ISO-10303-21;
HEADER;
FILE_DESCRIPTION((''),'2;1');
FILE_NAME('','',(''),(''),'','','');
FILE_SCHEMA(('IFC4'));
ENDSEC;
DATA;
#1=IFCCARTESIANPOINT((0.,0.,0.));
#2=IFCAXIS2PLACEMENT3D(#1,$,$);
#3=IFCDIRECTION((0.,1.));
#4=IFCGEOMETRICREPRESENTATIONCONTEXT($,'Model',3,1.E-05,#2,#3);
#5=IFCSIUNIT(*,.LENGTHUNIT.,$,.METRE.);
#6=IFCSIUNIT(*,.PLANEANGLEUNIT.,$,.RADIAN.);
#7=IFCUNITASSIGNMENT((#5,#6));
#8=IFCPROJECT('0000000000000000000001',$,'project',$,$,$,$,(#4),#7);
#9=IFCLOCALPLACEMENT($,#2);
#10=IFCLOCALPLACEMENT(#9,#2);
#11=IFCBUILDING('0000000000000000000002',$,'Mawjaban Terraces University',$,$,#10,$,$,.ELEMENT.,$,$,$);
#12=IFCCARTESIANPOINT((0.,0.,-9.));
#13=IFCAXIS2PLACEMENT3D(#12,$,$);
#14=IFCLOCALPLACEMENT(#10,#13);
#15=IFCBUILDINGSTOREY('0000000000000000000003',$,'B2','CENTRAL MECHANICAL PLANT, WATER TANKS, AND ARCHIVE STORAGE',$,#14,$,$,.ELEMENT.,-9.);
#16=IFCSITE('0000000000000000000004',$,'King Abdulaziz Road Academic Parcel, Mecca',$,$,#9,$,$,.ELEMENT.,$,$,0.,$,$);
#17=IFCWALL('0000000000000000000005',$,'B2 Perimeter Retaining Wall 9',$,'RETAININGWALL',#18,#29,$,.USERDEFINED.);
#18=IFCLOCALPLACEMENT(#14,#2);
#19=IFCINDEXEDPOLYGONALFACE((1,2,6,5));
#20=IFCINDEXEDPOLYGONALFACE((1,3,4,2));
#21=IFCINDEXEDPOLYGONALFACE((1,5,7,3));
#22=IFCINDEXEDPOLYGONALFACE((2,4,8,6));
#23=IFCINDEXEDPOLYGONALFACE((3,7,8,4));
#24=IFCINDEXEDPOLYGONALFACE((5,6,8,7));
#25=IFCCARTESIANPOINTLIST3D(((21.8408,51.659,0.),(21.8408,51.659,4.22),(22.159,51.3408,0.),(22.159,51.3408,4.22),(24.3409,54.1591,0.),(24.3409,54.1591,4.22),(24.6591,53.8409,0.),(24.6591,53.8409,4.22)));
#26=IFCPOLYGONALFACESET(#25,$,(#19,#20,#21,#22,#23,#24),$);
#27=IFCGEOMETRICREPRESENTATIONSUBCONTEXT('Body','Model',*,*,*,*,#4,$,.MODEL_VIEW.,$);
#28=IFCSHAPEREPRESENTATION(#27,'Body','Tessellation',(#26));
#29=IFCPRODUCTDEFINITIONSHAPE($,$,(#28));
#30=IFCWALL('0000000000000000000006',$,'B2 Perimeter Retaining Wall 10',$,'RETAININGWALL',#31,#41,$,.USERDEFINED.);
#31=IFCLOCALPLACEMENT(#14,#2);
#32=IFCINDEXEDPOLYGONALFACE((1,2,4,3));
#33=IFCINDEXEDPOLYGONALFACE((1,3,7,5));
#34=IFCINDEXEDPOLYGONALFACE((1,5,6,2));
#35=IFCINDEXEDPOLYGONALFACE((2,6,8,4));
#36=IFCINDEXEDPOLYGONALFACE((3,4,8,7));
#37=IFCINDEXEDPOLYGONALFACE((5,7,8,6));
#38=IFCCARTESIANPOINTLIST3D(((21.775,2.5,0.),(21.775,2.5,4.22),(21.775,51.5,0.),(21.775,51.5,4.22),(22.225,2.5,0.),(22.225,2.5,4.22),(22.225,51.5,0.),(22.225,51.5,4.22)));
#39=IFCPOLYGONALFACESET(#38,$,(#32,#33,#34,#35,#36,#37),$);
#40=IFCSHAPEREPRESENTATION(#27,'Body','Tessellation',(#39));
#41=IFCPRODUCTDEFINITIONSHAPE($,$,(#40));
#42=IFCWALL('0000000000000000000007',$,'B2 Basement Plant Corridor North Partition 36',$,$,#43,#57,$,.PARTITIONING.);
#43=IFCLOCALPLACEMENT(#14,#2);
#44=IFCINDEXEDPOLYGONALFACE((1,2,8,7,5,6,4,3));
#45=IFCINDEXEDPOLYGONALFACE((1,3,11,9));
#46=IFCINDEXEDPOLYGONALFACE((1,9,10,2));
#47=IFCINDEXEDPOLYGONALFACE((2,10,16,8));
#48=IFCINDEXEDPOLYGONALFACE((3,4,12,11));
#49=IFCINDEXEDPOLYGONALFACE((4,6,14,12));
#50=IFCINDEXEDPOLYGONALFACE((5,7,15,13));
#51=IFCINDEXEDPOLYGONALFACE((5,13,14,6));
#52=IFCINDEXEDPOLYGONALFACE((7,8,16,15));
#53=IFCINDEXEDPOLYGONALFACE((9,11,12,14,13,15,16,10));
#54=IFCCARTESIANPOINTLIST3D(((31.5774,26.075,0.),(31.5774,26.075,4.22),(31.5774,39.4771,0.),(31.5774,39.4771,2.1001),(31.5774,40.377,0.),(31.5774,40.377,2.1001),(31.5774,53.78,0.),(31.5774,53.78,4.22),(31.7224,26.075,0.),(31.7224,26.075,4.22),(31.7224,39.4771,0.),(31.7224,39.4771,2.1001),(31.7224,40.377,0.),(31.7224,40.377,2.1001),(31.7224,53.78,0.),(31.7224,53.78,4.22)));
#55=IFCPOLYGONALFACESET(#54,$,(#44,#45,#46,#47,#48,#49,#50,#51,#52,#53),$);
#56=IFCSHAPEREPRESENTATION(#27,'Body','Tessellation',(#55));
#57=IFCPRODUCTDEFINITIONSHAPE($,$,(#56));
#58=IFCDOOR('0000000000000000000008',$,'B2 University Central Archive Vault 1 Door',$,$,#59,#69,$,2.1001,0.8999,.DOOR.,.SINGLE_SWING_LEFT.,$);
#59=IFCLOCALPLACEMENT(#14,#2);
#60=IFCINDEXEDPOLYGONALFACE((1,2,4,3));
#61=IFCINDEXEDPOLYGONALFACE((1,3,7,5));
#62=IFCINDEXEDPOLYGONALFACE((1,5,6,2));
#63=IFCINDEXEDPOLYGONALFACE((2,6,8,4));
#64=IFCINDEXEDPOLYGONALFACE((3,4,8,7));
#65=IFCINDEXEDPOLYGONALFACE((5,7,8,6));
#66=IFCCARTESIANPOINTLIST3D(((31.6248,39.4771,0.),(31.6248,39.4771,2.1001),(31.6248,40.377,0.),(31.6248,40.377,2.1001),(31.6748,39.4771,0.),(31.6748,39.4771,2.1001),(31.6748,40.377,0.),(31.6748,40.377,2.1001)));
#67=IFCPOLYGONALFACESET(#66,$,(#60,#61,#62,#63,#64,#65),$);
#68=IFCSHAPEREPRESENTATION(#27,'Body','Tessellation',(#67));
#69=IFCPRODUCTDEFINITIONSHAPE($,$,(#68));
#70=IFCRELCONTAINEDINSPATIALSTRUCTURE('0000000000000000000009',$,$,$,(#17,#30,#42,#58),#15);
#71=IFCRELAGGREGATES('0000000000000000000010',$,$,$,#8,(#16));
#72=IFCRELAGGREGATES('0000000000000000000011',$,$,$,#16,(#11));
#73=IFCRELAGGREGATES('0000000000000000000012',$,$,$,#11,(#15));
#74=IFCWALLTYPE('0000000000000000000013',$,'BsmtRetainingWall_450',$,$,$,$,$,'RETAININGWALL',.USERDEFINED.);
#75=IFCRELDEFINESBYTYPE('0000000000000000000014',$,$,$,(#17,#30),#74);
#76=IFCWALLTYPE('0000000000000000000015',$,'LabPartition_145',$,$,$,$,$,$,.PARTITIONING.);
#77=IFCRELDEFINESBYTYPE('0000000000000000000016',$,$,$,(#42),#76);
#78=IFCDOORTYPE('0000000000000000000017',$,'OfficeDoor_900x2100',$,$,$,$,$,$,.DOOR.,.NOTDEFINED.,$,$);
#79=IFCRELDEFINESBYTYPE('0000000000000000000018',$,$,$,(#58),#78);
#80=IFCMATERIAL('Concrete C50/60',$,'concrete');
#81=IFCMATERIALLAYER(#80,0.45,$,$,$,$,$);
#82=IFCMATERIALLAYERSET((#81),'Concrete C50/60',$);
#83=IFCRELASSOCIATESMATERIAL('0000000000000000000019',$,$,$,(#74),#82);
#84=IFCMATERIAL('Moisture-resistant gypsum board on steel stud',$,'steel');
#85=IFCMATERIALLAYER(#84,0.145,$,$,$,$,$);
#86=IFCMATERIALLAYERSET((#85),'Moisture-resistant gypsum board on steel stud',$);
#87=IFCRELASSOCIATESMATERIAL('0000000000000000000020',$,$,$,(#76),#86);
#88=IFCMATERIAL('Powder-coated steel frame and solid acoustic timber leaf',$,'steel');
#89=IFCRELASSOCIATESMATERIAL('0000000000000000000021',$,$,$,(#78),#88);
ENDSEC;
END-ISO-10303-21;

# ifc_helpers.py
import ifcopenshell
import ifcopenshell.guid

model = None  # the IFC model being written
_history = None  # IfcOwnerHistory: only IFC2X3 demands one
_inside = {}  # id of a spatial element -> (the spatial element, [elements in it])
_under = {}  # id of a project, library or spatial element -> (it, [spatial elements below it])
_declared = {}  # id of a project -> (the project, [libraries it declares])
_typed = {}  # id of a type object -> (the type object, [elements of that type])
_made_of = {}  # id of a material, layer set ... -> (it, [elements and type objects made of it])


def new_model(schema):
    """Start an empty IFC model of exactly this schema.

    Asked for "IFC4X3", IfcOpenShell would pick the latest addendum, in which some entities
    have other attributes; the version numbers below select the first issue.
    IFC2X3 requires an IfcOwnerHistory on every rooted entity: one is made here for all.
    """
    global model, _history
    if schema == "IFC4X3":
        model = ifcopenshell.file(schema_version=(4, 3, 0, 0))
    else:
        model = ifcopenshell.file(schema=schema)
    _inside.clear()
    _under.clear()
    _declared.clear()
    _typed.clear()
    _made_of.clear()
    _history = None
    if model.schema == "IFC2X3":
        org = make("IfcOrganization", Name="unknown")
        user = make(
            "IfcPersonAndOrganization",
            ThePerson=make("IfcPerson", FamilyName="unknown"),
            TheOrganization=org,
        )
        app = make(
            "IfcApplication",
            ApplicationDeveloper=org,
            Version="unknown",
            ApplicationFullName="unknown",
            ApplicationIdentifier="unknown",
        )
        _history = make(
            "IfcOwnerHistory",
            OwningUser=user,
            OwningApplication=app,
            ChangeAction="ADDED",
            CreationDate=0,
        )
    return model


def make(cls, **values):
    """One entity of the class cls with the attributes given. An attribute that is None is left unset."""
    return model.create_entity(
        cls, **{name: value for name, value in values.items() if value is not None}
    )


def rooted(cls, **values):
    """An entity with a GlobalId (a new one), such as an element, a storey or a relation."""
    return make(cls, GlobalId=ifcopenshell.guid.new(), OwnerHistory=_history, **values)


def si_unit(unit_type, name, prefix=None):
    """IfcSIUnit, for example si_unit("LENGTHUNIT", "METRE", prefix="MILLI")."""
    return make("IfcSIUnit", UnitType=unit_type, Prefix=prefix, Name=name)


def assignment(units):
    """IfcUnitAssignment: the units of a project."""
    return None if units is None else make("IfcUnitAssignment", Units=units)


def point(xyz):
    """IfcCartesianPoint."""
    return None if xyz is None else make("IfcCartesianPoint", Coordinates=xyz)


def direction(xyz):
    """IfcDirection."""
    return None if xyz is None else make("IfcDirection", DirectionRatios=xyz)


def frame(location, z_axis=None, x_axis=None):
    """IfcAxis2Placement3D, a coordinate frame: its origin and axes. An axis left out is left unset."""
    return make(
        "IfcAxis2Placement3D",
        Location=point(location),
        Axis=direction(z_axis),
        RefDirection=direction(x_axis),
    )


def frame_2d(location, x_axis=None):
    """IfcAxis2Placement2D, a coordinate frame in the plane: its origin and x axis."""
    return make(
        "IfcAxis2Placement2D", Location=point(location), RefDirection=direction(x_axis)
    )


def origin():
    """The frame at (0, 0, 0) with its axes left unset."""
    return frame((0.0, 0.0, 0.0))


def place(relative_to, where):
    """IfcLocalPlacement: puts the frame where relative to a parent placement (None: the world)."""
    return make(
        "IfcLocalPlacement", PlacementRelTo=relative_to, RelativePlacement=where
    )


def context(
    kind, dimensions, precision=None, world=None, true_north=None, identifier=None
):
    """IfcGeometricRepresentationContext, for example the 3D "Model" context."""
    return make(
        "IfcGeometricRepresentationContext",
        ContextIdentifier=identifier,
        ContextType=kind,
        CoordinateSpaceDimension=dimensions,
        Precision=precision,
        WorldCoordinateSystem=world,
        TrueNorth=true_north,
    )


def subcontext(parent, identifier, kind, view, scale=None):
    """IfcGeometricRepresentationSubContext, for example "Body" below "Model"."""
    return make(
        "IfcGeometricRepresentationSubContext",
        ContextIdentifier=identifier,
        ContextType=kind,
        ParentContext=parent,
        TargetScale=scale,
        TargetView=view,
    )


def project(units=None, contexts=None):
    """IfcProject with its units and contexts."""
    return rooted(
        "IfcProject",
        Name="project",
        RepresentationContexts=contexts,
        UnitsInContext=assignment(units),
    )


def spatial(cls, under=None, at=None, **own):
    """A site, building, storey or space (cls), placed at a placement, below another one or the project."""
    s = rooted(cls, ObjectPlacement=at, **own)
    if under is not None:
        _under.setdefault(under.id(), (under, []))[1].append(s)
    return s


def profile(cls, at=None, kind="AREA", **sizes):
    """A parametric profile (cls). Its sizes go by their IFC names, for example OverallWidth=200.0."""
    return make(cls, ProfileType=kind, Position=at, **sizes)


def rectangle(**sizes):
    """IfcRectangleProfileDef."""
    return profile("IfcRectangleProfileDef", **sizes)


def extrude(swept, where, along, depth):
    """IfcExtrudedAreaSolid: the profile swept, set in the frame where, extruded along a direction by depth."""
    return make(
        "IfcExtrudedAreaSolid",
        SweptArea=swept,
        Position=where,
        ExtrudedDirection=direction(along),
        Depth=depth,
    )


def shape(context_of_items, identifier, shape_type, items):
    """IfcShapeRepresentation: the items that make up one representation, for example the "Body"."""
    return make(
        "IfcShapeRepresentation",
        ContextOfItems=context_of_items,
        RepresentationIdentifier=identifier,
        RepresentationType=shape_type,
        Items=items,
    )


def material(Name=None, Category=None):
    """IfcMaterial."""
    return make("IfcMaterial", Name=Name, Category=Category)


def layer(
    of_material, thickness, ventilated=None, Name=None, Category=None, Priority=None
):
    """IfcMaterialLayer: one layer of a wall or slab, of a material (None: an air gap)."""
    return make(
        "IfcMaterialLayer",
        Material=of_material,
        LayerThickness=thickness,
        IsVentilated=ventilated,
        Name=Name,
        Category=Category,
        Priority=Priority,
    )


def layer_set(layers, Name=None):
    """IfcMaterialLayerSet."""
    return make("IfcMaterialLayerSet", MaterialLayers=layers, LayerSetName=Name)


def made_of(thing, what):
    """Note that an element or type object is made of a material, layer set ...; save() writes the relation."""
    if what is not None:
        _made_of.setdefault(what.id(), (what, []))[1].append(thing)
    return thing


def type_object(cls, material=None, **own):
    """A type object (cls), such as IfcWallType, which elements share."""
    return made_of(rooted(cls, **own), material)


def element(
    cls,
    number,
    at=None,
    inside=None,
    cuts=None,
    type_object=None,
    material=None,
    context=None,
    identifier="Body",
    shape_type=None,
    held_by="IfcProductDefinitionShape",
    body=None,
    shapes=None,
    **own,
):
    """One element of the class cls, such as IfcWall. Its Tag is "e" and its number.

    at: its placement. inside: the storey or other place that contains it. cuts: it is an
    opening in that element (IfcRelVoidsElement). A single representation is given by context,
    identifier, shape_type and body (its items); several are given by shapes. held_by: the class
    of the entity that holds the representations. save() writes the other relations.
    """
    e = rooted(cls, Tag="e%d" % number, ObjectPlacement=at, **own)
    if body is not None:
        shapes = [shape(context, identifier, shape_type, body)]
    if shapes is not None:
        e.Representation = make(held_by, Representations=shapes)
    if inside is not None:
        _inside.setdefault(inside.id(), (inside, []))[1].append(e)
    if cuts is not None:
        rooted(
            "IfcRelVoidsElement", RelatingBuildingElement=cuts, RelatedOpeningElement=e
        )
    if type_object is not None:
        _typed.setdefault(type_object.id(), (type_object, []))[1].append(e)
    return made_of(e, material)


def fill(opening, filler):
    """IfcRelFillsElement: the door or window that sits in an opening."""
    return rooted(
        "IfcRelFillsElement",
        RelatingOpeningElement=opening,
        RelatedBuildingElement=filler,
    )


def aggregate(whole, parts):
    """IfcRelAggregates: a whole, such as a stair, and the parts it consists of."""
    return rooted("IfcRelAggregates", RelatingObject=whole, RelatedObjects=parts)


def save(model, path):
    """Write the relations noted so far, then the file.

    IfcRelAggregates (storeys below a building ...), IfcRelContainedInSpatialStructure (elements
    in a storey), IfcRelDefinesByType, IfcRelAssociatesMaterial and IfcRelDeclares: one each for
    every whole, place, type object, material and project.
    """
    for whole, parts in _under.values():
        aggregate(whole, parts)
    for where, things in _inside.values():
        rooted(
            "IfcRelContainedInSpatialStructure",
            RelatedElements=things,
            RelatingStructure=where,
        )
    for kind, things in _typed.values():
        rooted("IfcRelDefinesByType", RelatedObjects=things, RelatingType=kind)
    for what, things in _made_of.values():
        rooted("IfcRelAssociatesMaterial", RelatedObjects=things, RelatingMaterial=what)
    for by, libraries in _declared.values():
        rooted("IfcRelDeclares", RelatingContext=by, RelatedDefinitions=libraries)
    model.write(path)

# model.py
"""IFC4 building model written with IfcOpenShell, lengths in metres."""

from ifc_helpers import new_model, si_unit, direction, frame, frame_2d, origin, place, context, subcontext, project, spatial, rectangle, extrude, material, layer, layer_set, type_object, element, fill, save


model = new_model("IFC4")

# Units and contexts
model_context = context("Model", 3, precision=1e-05, world=origin(), true_north=direction((0.0, 1.0)))
body_context = subcontext(model_context, "Body", "Model", "MODEL_VIEW")
ifc_project = project(units=[si_unit("LENGTHUNIT", "METRE"), si_unit("PLANEANGLEUNIT", "RADIAN")], contexts=[model_context])

# Site, building, storey
site_placement = place(None, origin())
site = spatial("IfcSite", under=ifc_project, at=site_placement, Name="King Abdulaziz Road Academic Parcel, Mecca", CompositionType="ELEMENT", RefElevation=0.0)
building_placement = place(site_placement, origin())
building = spatial("IfcBuilding", under=site, at=building_placement, Name="Mawjaban Terraces University", CompositionType="ELEMENT")
storey_placement = place(building_placement, frame((0.0, 0.0, -9.0)))
storey = spatial("IfcBuildingStorey", under=building, at=storey_placement, Name="B2", Description="CENTRAL MECHANICAL PLANT, WATER TANKS, AND ARCHIVE STORAGE", CompositionType="ELEMENT", Elevation=-9.0)

# Shared definitions
ifc_material_1 = material(Name="Concrete C50/60", Category="concrete")

# Walls
ifc_layer_1 = layer(ifc_material_1, 0.45)
ifc_layer_set_1 = layer_set([ifc_layer_1], Name="Concrete C50/60")
wall_type_1 = type_object("IfcWallType", Name="BsmtRetainingWall_450", ElementType="RETAININGWALL", PredefinedType="USERDEFINED", material=ifc_layer_set_1)
wall_1_placement = place(storey_placement, frame((24.5, 54.0, 0.0), z_axis=(0.0, 0.0, 1.0), x_axis=(-0.707107, -0.707107, 0.0)))
element("IfcWall", 1, at=wall_1_placement, inside=storey, type_object=wall_type_1, Name="B2 Perimeter Retaining Wall 9", ObjectType="RETAININGWALL", PredefinedType="USERDEFINED", context=body_context, shape_type="SweptSolid", body=[
    extrude(rectangle(XDim=3.5356, YDim=0.45, at=frame_2d((1.7678, 0.0))), origin(), (0.0, 0.0, 1.0), 4.22),
])
wall_2_placement = place(storey_placement, frame((22.0, 51.5, 0.0), z_axis=(0.0, 0.0, 1.0), x_axis=(0.0, -1.0, 0.0)))
element("IfcWall", 2, at=wall_2_placement, inside=storey, type_object=wall_type_1, Name="B2 Perimeter Retaining Wall 10", ObjectType="RETAININGWALL", PredefinedType="USERDEFINED", context=body_context, shape_type="SweptSolid", body=[
    extrude(rectangle(XDim=49.0, YDim=0.45, at=frame_2d((24.5, 0.0))), origin(), (0.0, 0.0, 1.0), 4.22),
])

# Wall, opening, door
ifc_material_2 = material(Name="Moisture-resistant gypsum board on steel stud", Category="steel")
ifc_layer_2 = layer(ifc_material_2, 0.145)
ifc_layer_set_2 = layer_set([ifc_layer_2], Name="Moisture-resistant gypsum board on steel stud")
wall_type_2 = type_object("IfcWallType", Name="LabPartition_145", PredefinedType="PARTITIONING", material=ifc_layer_set_2)
wall_3_placement = place(storey_placement, frame((31.6499, 53.78, 0.0), z_axis=(0.0, 0.0, 1.0), x_axis=(0.0, -1.0, 0.0)))
wall_3 = element("IfcWall", 3, at=wall_3_placement, inside=storey, type_object=wall_type_2, Name="B2 Basement Plant Corridor North Partition 36", PredefinedType="PARTITIONING", context=body_context, shape_type="SweptSolid", body=[
    extrude(rectangle(XDim=27.7051, YDim=0.145, at=frame_2d((13.8525, 0.0))), origin(), (0.0, 0.0, 1.0), 4.22),
])
opening_placement = place(wall_3_placement, frame((13.4031, 0.0, 0.0)))
opening = element("IfcOpeningElement", 4, at=opening_placement, cuts=wall_3, PredefinedType="OPENING", context=body_context, shape_type="SweptSolid", body=[
    extrude(rectangle(XDim=0.8999, YDim=2.1001, at=frame_2d((0.45, 1.05))), frame((0.0, 0.0825, 0.0), z_axis=(0.0, -1.0, 0.0), x_axis=(1.0, 0.0, 0.0)), (0.0, 0.0, 1.0), 0.165),
])
ifc_material_3 = material(Name="Powder-coated steel frame and solid acoustic timber leaf", Category="steel")
door_type = type_object("IfcDoorType", Name="OfficeDoor_900x2100", OperationType="NOTDEFINED", PredefinedType="DOOR", material=ifc_material_3)
door_placement = place(opening_placement, origin())
door = element("IfcDoor", 5, at=door_placement, inside=storey, type_object=door_type, Name="B2 University Central Archive Vault 1 Door", OperationType="SINGLE_SWING_LEFT", OverallHeight=2.1001, OverallWidth=0.8999, PredefinedType="DOOR", context=body_context, shape_type="SweptSolid", body=[
    extrude(rectangle(XDim=0.8999, YDim=2.1001, at=frame_2d((0.45, 1.05))), frame((0.0, 0.0249, 0.0), z_axis=(0.0, -1.0, 0.0), x_axis=(1.0, 0.0, 0.0)), (0.0, 0.0, 1.0), 0.05),
])
fill(opening, door)

save(model, "model.ifc")
